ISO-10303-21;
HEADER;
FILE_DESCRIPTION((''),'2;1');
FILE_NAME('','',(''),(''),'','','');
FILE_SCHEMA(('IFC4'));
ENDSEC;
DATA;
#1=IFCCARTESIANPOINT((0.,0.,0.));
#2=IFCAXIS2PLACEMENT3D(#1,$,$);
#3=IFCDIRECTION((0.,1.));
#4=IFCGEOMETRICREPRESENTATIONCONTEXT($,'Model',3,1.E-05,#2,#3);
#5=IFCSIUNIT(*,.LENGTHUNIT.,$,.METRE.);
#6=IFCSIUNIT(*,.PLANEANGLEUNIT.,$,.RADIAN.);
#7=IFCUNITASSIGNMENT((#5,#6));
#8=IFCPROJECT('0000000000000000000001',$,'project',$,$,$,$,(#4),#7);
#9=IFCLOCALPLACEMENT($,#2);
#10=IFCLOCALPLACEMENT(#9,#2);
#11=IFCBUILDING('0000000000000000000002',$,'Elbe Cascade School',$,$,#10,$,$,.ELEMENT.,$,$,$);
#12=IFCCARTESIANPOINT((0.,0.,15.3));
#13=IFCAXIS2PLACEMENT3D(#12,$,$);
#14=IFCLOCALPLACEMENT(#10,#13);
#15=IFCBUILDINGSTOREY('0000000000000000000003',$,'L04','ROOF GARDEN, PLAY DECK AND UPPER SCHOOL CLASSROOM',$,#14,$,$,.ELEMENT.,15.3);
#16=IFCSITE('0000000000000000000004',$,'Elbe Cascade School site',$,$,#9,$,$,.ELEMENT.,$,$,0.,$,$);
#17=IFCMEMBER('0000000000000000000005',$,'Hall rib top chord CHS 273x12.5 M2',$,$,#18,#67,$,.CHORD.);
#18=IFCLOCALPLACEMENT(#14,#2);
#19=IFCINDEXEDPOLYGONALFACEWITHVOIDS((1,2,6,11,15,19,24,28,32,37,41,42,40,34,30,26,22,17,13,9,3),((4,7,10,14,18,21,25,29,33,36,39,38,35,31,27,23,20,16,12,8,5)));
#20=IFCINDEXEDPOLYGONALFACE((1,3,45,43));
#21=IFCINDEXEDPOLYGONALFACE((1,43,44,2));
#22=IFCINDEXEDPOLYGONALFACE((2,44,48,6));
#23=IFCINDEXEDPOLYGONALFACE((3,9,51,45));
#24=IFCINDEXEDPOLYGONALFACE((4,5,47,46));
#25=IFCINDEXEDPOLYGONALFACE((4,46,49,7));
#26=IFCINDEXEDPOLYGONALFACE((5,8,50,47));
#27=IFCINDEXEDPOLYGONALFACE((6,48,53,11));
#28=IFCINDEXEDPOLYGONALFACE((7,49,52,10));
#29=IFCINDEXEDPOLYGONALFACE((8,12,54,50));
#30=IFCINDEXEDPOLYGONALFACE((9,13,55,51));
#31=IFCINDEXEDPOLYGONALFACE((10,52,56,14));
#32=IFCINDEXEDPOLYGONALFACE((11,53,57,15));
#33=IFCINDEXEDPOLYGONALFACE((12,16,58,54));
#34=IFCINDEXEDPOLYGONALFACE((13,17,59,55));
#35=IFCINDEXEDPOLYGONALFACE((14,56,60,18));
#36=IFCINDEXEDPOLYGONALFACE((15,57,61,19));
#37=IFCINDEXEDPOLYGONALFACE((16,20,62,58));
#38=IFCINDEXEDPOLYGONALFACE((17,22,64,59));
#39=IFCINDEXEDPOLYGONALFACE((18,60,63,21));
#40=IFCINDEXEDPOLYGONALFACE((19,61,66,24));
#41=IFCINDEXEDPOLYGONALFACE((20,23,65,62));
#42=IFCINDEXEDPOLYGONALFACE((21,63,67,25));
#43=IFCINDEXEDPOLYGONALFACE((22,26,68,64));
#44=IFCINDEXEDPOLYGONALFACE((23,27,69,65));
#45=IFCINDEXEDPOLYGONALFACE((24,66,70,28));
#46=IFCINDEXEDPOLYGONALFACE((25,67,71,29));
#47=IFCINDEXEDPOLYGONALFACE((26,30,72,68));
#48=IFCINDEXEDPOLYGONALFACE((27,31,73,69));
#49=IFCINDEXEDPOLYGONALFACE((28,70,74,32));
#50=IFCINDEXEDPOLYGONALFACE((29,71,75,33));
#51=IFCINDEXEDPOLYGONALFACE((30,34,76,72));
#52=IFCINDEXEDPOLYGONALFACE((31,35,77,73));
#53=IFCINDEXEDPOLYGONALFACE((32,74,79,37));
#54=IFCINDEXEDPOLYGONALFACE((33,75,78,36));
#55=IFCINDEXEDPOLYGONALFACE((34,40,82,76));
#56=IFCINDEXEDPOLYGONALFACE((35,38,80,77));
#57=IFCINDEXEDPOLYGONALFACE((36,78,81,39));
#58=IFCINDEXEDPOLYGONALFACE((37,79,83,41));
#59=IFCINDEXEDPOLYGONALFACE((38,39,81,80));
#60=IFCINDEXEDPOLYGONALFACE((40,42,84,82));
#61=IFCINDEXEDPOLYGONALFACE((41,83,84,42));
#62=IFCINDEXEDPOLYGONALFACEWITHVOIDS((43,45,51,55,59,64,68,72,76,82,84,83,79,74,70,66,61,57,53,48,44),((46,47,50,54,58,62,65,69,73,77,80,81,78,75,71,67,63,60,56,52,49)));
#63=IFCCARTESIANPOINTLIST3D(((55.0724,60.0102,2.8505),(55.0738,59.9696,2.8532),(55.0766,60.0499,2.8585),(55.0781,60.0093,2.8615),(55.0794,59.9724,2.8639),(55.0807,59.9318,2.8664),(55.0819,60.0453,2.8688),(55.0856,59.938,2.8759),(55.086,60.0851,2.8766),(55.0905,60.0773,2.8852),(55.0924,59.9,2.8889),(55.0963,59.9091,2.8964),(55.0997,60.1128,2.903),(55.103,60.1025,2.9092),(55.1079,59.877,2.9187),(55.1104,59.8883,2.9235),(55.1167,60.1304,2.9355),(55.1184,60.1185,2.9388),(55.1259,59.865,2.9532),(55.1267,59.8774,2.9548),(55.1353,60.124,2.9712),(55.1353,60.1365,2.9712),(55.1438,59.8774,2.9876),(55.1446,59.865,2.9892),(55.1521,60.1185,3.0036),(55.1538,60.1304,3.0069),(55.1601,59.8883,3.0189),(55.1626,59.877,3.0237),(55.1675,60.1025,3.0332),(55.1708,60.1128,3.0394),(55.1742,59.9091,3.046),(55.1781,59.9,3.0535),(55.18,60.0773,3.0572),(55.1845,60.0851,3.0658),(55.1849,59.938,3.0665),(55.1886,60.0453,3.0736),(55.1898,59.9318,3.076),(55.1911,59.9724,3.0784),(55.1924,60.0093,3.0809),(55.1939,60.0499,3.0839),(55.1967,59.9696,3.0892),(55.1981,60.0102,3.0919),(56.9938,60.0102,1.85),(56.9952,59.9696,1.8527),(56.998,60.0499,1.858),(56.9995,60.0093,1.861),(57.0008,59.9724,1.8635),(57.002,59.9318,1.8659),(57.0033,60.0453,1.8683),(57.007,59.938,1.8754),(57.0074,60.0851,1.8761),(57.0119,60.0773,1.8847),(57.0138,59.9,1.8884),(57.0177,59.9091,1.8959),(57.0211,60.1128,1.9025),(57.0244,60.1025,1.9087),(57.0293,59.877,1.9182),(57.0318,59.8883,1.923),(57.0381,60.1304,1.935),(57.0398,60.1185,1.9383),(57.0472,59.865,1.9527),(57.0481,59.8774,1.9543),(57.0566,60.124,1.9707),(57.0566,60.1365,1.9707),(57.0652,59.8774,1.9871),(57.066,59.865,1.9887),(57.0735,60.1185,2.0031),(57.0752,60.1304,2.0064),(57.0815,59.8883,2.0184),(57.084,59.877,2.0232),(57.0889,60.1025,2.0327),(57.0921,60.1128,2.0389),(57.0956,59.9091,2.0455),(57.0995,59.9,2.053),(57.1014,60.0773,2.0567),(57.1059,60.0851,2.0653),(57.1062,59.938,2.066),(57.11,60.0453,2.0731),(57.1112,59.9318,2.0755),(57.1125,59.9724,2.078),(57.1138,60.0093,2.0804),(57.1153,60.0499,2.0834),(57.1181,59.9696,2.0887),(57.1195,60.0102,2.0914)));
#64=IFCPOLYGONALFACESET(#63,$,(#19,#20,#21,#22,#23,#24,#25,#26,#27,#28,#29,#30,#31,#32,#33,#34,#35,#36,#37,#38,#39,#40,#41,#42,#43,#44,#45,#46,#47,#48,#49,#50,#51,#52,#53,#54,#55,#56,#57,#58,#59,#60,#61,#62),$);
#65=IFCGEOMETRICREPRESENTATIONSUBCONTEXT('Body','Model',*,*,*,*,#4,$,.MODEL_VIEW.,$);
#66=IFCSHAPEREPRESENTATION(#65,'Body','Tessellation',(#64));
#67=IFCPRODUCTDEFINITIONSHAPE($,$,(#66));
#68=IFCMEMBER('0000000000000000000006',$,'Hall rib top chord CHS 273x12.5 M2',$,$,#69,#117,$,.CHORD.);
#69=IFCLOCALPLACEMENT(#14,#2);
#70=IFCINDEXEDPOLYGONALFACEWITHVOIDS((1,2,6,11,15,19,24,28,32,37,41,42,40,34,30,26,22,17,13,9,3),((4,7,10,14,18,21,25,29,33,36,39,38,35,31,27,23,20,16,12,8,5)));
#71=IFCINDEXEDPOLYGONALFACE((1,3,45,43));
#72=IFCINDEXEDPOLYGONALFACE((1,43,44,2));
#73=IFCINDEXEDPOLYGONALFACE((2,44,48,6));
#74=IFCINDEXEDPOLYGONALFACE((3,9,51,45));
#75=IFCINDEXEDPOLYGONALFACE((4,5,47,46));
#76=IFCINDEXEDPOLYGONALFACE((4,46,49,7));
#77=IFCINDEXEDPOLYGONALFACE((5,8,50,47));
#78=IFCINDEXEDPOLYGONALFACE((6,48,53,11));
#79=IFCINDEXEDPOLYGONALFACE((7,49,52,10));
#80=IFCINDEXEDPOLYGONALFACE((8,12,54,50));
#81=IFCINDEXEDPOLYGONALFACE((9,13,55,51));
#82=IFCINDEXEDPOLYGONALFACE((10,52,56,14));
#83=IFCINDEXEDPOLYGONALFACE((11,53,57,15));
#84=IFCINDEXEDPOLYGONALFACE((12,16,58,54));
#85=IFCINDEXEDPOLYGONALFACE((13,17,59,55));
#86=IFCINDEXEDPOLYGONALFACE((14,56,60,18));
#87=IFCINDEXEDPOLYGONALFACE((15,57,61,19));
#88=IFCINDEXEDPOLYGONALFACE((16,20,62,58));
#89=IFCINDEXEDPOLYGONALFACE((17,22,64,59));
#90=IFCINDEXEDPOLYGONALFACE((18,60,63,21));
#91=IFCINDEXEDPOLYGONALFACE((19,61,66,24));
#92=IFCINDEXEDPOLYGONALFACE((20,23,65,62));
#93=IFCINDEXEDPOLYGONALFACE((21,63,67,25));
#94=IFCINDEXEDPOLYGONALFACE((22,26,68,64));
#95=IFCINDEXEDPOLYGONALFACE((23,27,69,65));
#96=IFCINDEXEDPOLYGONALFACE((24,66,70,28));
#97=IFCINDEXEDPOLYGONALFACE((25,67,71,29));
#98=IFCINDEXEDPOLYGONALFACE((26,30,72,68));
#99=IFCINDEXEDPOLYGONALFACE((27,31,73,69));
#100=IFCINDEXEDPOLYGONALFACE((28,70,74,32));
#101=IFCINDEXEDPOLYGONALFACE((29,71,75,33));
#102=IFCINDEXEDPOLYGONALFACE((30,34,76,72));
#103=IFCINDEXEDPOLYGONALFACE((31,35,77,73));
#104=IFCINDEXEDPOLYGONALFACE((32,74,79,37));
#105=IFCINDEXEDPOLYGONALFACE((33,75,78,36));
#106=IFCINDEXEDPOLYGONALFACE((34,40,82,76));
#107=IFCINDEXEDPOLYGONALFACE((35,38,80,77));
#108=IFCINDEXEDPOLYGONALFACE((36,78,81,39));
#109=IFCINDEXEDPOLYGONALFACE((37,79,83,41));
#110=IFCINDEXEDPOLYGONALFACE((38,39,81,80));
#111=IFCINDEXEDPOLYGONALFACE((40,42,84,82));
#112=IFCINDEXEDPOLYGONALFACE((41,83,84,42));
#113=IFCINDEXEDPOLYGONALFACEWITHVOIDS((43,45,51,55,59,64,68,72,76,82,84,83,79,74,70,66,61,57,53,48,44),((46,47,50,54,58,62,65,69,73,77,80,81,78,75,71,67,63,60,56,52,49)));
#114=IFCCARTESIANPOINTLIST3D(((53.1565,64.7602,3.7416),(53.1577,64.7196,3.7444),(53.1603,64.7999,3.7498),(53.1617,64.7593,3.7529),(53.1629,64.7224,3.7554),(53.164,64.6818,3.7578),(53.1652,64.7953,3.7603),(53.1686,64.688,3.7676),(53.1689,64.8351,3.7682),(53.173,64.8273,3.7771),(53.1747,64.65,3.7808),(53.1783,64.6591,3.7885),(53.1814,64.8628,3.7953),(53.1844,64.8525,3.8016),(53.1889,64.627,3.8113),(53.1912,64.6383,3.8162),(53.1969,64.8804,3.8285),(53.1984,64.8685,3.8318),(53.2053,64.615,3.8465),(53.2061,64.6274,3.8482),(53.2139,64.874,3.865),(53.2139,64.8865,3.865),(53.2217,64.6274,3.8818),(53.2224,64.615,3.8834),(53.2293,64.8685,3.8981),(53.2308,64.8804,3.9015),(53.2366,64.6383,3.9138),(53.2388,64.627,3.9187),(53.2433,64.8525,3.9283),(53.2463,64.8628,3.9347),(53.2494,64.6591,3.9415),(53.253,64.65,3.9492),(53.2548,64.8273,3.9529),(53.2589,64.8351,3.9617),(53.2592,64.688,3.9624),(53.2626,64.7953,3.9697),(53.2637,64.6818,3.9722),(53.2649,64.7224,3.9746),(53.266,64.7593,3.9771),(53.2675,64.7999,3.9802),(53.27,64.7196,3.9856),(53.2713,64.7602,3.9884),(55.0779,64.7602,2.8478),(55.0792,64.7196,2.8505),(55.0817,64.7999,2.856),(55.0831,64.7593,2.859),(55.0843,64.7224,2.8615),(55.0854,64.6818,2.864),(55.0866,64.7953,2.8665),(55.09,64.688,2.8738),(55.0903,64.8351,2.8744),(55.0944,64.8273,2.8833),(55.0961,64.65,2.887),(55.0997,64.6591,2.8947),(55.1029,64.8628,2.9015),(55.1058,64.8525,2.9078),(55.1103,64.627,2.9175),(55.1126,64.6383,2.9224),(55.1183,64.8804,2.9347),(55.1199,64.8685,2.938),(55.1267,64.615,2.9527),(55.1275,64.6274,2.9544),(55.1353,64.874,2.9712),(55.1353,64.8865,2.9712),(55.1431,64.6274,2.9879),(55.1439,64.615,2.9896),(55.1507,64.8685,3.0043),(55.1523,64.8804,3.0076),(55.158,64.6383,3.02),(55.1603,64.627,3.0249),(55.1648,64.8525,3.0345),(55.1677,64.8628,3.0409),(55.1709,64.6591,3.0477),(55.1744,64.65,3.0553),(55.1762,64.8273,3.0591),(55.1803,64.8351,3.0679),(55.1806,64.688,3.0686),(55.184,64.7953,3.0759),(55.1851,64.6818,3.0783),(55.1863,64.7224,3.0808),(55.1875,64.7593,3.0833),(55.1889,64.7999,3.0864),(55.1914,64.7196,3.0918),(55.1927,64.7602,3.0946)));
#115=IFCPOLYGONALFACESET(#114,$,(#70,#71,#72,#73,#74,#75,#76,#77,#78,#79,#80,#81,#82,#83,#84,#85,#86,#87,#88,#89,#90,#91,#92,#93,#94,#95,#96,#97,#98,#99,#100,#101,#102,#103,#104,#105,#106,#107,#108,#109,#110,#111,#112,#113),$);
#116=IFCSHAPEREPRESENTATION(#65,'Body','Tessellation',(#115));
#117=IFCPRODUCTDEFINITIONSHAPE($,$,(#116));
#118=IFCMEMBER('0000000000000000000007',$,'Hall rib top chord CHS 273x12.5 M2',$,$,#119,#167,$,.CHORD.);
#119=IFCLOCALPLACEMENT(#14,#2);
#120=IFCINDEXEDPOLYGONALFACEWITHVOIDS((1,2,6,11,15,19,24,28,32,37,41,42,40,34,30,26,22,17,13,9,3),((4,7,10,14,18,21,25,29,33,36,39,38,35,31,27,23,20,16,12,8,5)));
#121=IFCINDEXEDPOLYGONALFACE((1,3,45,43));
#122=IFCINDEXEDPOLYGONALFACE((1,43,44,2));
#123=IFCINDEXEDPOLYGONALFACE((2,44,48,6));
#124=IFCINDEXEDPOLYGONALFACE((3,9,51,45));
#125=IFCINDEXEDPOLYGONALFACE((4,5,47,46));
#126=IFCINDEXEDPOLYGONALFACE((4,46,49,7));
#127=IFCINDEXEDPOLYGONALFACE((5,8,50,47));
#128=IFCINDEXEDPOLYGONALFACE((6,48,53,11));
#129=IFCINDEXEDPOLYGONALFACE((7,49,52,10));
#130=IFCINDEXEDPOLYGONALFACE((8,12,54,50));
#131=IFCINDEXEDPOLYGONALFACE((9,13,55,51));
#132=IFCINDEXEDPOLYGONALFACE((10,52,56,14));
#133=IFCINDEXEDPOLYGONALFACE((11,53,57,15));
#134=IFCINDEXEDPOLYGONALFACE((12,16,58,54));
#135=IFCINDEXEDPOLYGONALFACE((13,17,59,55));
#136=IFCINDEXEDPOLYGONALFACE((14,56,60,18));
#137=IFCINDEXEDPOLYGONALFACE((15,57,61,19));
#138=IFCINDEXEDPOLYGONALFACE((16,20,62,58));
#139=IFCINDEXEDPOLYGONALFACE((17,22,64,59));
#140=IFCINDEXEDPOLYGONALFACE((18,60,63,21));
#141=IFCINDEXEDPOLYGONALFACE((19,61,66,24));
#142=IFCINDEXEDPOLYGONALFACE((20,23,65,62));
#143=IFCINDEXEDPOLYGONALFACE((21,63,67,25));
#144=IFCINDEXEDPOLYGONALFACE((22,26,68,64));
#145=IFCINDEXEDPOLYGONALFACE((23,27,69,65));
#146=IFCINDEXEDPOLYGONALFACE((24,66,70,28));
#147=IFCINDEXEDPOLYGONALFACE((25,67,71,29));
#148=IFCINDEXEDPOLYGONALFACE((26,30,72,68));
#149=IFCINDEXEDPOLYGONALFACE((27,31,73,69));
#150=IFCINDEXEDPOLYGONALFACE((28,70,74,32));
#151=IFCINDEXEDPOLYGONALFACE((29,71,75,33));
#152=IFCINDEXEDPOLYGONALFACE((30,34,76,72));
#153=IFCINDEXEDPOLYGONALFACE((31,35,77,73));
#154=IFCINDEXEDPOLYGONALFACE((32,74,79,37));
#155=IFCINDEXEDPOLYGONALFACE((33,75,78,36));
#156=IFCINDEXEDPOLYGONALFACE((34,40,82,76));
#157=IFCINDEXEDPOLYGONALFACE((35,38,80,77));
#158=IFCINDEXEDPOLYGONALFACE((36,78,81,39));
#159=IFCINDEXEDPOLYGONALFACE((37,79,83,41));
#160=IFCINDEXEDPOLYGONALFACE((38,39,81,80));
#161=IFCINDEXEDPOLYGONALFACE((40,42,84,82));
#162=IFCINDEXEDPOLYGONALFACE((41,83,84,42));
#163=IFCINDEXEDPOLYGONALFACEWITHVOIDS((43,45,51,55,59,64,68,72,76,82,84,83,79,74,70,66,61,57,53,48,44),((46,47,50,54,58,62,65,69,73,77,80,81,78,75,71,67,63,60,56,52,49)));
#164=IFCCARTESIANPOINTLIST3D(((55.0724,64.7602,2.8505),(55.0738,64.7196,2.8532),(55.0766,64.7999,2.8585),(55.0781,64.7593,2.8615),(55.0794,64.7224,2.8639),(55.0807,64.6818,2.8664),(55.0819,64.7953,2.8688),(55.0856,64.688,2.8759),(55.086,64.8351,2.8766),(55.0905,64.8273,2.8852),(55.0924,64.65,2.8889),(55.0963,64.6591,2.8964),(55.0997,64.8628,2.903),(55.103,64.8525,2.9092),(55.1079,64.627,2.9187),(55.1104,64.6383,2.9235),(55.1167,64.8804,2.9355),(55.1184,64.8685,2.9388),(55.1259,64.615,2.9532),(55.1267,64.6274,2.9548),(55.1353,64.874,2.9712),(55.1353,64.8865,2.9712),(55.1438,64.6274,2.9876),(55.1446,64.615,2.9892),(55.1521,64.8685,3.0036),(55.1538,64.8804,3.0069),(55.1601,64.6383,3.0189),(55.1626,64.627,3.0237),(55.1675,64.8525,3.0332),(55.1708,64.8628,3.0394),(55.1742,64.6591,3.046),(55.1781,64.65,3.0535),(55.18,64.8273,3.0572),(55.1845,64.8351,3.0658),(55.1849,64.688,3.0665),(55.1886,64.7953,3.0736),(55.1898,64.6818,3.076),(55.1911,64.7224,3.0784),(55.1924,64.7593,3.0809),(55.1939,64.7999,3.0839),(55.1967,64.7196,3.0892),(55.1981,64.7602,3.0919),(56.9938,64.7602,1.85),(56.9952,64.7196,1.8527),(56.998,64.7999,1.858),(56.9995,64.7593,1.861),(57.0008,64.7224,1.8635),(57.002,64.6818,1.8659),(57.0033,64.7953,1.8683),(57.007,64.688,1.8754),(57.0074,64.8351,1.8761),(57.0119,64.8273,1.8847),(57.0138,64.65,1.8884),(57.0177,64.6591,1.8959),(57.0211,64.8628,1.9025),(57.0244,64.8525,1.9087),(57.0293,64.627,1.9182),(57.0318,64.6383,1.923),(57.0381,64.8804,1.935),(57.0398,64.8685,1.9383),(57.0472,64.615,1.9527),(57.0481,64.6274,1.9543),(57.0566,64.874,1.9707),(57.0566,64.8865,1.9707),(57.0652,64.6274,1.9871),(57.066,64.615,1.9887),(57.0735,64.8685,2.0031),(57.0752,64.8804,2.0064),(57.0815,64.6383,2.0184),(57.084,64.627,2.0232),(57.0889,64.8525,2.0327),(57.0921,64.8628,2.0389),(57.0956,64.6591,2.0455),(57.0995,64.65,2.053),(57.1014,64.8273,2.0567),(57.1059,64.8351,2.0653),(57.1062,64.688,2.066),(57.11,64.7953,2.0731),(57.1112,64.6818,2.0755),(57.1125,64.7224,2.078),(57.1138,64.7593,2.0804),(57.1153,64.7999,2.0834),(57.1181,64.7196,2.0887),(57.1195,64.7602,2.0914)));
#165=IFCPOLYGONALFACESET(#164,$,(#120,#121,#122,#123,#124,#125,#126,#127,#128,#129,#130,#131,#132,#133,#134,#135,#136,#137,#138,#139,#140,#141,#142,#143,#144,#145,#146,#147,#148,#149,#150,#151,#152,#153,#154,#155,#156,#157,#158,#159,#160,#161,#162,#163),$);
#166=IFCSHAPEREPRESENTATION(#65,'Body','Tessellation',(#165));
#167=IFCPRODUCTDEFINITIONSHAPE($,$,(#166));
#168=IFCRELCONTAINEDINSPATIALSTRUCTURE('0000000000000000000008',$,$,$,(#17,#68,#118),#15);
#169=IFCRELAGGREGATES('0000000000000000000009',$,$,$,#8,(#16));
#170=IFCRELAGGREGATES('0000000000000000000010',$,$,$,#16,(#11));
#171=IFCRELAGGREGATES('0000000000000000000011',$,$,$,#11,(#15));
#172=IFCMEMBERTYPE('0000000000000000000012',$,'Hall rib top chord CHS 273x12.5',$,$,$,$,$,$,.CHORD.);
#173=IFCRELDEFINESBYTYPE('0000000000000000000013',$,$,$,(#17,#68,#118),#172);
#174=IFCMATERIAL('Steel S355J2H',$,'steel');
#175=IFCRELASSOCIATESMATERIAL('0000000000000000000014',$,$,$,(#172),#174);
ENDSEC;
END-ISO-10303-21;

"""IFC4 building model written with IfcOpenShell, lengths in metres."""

from ifc_helpers import new_model, si_unit, direction, frame, origin, origin_2d, place, context, subcontext, project, spatial, hollow_circle, extrude, material, material_profile, profile_set, type_object, element, save


model = new_model("IFC4")

# Units and contexts
model_context = context("Model", 3, precision=1e-05, world=origin(), true_north=direction((0.0, 1.0)))
body_context = subcontext(model_context, "Body", "Model", "MODEL_VIEW")
ifc_project = project(units=[si_unit("LENGTHUNIT", "METRE"), si_unit("PLANEANGLEUNIT", "RADIAN")], contexts=[model_context])

# Site, building, storey
site_placement = place(None, origin())
site = spatial("IfcSite", under=ifc_project, at=site_placement, Name="Elbe Cascade School site", CompositionType="ELEMENT", RefElevation=0.0)
building_placement = place(site_placement, origin())
building = spatial("IfcBuilding", under=site, at=building_placement, Name="Elbe Cascade School", CompositionType="ELEMENT")
storey_placement = place(building_placement, frame((0.0, 0.0, 15.3)))
storey = spatial("IfcBuildingStorey", under=building, at=storey_placement, Name="L04", Description="ROOF GARDEN, PLAY DECK AND UPPER SCHOOL CLASSROOM", CompositionType="ELEMENT", Elevation=15.3)

# Members
ifc_material_1 = material(Name="Steel S355J2H", Category="steel")
ifc_material_profile_1 = material_profile(ifc_material_1, hollow_circle(Radius=0.1365, WallThickness=0.0125, at=origin_2d()), Name="CHS 273x12.5")
ifc_profile_set_1 = profile_set([ifc_material_profile_1], Name="Steel S355J2H")
member_type_1 = type_object("IfcMemberType", Name="Hall rib top chord CHS 273x12.5", PredefinedType="CHORD", material=ifc_profile_set_1)
member_1_placement = place(storey_placement, frame((55.1353, 60.0, 2.9712), z_axis=(0.886958, 0.0, -0.461849), x_axis=(0.0, 1.0, 0.0)))
element("IfcMember", 1, at=member_1_placement, inside=storey, type_object=member_type_1, Name="Hall rib top chord CHS 273x12.5 M2", PredefinedType="CHORD", context=body_context, shape_type="SweptSolid", body=[
    extrude(hollow_circle(Radius=0.1365, WallThickness=0.0125, at=origin_2d()), origin(), (0.0, 0.0, 1.0), 2.1663),
])
member_2_placement = place(storey_placement, frame((53.2139, 64.75, 3.865), z_axis=(0.906698, 0.0, -0.421781), x_axis=(0.0, 1.0, 0.0)))
element("IfcMember", 2, at=member_2_placement, inside=storey, type_object=member_type_1, Name="Hall rib top chord CHS 273x12.5 M2", PredefinedType="CHORD", context=body_context, shape_type="SweptSolid", body=[
    extrude(hollow_circle(Radius=0.1365, WallThickness=0.0125, at=origin_2d()), origin(), (0.0, 0.0, 1.0), 2.1191),
])
member_3_placement = place(storey_placement, frame((55.1353, 64.75, 2.9712), z_axis=(0.886958, 0.0, -0.461849), x_axis=(0.0, 1.0, 0.0)))
element("IfcMember", 3, at=member_3_placement, inside=storey, type_object=member_type_1, Name="Hall rib top chord CHS 273x12.5 M2", PredefinedType="CHORD", context=body_context, shape_type="SweptSolid", body=[
    extrude(hollow_circle(Radius=0.1365, WallThickness=0.0125, at=origin_2d()), origin(), (0.0, 0.0, 1.0), 2.1663),
])

save(model, "model.ifc")
